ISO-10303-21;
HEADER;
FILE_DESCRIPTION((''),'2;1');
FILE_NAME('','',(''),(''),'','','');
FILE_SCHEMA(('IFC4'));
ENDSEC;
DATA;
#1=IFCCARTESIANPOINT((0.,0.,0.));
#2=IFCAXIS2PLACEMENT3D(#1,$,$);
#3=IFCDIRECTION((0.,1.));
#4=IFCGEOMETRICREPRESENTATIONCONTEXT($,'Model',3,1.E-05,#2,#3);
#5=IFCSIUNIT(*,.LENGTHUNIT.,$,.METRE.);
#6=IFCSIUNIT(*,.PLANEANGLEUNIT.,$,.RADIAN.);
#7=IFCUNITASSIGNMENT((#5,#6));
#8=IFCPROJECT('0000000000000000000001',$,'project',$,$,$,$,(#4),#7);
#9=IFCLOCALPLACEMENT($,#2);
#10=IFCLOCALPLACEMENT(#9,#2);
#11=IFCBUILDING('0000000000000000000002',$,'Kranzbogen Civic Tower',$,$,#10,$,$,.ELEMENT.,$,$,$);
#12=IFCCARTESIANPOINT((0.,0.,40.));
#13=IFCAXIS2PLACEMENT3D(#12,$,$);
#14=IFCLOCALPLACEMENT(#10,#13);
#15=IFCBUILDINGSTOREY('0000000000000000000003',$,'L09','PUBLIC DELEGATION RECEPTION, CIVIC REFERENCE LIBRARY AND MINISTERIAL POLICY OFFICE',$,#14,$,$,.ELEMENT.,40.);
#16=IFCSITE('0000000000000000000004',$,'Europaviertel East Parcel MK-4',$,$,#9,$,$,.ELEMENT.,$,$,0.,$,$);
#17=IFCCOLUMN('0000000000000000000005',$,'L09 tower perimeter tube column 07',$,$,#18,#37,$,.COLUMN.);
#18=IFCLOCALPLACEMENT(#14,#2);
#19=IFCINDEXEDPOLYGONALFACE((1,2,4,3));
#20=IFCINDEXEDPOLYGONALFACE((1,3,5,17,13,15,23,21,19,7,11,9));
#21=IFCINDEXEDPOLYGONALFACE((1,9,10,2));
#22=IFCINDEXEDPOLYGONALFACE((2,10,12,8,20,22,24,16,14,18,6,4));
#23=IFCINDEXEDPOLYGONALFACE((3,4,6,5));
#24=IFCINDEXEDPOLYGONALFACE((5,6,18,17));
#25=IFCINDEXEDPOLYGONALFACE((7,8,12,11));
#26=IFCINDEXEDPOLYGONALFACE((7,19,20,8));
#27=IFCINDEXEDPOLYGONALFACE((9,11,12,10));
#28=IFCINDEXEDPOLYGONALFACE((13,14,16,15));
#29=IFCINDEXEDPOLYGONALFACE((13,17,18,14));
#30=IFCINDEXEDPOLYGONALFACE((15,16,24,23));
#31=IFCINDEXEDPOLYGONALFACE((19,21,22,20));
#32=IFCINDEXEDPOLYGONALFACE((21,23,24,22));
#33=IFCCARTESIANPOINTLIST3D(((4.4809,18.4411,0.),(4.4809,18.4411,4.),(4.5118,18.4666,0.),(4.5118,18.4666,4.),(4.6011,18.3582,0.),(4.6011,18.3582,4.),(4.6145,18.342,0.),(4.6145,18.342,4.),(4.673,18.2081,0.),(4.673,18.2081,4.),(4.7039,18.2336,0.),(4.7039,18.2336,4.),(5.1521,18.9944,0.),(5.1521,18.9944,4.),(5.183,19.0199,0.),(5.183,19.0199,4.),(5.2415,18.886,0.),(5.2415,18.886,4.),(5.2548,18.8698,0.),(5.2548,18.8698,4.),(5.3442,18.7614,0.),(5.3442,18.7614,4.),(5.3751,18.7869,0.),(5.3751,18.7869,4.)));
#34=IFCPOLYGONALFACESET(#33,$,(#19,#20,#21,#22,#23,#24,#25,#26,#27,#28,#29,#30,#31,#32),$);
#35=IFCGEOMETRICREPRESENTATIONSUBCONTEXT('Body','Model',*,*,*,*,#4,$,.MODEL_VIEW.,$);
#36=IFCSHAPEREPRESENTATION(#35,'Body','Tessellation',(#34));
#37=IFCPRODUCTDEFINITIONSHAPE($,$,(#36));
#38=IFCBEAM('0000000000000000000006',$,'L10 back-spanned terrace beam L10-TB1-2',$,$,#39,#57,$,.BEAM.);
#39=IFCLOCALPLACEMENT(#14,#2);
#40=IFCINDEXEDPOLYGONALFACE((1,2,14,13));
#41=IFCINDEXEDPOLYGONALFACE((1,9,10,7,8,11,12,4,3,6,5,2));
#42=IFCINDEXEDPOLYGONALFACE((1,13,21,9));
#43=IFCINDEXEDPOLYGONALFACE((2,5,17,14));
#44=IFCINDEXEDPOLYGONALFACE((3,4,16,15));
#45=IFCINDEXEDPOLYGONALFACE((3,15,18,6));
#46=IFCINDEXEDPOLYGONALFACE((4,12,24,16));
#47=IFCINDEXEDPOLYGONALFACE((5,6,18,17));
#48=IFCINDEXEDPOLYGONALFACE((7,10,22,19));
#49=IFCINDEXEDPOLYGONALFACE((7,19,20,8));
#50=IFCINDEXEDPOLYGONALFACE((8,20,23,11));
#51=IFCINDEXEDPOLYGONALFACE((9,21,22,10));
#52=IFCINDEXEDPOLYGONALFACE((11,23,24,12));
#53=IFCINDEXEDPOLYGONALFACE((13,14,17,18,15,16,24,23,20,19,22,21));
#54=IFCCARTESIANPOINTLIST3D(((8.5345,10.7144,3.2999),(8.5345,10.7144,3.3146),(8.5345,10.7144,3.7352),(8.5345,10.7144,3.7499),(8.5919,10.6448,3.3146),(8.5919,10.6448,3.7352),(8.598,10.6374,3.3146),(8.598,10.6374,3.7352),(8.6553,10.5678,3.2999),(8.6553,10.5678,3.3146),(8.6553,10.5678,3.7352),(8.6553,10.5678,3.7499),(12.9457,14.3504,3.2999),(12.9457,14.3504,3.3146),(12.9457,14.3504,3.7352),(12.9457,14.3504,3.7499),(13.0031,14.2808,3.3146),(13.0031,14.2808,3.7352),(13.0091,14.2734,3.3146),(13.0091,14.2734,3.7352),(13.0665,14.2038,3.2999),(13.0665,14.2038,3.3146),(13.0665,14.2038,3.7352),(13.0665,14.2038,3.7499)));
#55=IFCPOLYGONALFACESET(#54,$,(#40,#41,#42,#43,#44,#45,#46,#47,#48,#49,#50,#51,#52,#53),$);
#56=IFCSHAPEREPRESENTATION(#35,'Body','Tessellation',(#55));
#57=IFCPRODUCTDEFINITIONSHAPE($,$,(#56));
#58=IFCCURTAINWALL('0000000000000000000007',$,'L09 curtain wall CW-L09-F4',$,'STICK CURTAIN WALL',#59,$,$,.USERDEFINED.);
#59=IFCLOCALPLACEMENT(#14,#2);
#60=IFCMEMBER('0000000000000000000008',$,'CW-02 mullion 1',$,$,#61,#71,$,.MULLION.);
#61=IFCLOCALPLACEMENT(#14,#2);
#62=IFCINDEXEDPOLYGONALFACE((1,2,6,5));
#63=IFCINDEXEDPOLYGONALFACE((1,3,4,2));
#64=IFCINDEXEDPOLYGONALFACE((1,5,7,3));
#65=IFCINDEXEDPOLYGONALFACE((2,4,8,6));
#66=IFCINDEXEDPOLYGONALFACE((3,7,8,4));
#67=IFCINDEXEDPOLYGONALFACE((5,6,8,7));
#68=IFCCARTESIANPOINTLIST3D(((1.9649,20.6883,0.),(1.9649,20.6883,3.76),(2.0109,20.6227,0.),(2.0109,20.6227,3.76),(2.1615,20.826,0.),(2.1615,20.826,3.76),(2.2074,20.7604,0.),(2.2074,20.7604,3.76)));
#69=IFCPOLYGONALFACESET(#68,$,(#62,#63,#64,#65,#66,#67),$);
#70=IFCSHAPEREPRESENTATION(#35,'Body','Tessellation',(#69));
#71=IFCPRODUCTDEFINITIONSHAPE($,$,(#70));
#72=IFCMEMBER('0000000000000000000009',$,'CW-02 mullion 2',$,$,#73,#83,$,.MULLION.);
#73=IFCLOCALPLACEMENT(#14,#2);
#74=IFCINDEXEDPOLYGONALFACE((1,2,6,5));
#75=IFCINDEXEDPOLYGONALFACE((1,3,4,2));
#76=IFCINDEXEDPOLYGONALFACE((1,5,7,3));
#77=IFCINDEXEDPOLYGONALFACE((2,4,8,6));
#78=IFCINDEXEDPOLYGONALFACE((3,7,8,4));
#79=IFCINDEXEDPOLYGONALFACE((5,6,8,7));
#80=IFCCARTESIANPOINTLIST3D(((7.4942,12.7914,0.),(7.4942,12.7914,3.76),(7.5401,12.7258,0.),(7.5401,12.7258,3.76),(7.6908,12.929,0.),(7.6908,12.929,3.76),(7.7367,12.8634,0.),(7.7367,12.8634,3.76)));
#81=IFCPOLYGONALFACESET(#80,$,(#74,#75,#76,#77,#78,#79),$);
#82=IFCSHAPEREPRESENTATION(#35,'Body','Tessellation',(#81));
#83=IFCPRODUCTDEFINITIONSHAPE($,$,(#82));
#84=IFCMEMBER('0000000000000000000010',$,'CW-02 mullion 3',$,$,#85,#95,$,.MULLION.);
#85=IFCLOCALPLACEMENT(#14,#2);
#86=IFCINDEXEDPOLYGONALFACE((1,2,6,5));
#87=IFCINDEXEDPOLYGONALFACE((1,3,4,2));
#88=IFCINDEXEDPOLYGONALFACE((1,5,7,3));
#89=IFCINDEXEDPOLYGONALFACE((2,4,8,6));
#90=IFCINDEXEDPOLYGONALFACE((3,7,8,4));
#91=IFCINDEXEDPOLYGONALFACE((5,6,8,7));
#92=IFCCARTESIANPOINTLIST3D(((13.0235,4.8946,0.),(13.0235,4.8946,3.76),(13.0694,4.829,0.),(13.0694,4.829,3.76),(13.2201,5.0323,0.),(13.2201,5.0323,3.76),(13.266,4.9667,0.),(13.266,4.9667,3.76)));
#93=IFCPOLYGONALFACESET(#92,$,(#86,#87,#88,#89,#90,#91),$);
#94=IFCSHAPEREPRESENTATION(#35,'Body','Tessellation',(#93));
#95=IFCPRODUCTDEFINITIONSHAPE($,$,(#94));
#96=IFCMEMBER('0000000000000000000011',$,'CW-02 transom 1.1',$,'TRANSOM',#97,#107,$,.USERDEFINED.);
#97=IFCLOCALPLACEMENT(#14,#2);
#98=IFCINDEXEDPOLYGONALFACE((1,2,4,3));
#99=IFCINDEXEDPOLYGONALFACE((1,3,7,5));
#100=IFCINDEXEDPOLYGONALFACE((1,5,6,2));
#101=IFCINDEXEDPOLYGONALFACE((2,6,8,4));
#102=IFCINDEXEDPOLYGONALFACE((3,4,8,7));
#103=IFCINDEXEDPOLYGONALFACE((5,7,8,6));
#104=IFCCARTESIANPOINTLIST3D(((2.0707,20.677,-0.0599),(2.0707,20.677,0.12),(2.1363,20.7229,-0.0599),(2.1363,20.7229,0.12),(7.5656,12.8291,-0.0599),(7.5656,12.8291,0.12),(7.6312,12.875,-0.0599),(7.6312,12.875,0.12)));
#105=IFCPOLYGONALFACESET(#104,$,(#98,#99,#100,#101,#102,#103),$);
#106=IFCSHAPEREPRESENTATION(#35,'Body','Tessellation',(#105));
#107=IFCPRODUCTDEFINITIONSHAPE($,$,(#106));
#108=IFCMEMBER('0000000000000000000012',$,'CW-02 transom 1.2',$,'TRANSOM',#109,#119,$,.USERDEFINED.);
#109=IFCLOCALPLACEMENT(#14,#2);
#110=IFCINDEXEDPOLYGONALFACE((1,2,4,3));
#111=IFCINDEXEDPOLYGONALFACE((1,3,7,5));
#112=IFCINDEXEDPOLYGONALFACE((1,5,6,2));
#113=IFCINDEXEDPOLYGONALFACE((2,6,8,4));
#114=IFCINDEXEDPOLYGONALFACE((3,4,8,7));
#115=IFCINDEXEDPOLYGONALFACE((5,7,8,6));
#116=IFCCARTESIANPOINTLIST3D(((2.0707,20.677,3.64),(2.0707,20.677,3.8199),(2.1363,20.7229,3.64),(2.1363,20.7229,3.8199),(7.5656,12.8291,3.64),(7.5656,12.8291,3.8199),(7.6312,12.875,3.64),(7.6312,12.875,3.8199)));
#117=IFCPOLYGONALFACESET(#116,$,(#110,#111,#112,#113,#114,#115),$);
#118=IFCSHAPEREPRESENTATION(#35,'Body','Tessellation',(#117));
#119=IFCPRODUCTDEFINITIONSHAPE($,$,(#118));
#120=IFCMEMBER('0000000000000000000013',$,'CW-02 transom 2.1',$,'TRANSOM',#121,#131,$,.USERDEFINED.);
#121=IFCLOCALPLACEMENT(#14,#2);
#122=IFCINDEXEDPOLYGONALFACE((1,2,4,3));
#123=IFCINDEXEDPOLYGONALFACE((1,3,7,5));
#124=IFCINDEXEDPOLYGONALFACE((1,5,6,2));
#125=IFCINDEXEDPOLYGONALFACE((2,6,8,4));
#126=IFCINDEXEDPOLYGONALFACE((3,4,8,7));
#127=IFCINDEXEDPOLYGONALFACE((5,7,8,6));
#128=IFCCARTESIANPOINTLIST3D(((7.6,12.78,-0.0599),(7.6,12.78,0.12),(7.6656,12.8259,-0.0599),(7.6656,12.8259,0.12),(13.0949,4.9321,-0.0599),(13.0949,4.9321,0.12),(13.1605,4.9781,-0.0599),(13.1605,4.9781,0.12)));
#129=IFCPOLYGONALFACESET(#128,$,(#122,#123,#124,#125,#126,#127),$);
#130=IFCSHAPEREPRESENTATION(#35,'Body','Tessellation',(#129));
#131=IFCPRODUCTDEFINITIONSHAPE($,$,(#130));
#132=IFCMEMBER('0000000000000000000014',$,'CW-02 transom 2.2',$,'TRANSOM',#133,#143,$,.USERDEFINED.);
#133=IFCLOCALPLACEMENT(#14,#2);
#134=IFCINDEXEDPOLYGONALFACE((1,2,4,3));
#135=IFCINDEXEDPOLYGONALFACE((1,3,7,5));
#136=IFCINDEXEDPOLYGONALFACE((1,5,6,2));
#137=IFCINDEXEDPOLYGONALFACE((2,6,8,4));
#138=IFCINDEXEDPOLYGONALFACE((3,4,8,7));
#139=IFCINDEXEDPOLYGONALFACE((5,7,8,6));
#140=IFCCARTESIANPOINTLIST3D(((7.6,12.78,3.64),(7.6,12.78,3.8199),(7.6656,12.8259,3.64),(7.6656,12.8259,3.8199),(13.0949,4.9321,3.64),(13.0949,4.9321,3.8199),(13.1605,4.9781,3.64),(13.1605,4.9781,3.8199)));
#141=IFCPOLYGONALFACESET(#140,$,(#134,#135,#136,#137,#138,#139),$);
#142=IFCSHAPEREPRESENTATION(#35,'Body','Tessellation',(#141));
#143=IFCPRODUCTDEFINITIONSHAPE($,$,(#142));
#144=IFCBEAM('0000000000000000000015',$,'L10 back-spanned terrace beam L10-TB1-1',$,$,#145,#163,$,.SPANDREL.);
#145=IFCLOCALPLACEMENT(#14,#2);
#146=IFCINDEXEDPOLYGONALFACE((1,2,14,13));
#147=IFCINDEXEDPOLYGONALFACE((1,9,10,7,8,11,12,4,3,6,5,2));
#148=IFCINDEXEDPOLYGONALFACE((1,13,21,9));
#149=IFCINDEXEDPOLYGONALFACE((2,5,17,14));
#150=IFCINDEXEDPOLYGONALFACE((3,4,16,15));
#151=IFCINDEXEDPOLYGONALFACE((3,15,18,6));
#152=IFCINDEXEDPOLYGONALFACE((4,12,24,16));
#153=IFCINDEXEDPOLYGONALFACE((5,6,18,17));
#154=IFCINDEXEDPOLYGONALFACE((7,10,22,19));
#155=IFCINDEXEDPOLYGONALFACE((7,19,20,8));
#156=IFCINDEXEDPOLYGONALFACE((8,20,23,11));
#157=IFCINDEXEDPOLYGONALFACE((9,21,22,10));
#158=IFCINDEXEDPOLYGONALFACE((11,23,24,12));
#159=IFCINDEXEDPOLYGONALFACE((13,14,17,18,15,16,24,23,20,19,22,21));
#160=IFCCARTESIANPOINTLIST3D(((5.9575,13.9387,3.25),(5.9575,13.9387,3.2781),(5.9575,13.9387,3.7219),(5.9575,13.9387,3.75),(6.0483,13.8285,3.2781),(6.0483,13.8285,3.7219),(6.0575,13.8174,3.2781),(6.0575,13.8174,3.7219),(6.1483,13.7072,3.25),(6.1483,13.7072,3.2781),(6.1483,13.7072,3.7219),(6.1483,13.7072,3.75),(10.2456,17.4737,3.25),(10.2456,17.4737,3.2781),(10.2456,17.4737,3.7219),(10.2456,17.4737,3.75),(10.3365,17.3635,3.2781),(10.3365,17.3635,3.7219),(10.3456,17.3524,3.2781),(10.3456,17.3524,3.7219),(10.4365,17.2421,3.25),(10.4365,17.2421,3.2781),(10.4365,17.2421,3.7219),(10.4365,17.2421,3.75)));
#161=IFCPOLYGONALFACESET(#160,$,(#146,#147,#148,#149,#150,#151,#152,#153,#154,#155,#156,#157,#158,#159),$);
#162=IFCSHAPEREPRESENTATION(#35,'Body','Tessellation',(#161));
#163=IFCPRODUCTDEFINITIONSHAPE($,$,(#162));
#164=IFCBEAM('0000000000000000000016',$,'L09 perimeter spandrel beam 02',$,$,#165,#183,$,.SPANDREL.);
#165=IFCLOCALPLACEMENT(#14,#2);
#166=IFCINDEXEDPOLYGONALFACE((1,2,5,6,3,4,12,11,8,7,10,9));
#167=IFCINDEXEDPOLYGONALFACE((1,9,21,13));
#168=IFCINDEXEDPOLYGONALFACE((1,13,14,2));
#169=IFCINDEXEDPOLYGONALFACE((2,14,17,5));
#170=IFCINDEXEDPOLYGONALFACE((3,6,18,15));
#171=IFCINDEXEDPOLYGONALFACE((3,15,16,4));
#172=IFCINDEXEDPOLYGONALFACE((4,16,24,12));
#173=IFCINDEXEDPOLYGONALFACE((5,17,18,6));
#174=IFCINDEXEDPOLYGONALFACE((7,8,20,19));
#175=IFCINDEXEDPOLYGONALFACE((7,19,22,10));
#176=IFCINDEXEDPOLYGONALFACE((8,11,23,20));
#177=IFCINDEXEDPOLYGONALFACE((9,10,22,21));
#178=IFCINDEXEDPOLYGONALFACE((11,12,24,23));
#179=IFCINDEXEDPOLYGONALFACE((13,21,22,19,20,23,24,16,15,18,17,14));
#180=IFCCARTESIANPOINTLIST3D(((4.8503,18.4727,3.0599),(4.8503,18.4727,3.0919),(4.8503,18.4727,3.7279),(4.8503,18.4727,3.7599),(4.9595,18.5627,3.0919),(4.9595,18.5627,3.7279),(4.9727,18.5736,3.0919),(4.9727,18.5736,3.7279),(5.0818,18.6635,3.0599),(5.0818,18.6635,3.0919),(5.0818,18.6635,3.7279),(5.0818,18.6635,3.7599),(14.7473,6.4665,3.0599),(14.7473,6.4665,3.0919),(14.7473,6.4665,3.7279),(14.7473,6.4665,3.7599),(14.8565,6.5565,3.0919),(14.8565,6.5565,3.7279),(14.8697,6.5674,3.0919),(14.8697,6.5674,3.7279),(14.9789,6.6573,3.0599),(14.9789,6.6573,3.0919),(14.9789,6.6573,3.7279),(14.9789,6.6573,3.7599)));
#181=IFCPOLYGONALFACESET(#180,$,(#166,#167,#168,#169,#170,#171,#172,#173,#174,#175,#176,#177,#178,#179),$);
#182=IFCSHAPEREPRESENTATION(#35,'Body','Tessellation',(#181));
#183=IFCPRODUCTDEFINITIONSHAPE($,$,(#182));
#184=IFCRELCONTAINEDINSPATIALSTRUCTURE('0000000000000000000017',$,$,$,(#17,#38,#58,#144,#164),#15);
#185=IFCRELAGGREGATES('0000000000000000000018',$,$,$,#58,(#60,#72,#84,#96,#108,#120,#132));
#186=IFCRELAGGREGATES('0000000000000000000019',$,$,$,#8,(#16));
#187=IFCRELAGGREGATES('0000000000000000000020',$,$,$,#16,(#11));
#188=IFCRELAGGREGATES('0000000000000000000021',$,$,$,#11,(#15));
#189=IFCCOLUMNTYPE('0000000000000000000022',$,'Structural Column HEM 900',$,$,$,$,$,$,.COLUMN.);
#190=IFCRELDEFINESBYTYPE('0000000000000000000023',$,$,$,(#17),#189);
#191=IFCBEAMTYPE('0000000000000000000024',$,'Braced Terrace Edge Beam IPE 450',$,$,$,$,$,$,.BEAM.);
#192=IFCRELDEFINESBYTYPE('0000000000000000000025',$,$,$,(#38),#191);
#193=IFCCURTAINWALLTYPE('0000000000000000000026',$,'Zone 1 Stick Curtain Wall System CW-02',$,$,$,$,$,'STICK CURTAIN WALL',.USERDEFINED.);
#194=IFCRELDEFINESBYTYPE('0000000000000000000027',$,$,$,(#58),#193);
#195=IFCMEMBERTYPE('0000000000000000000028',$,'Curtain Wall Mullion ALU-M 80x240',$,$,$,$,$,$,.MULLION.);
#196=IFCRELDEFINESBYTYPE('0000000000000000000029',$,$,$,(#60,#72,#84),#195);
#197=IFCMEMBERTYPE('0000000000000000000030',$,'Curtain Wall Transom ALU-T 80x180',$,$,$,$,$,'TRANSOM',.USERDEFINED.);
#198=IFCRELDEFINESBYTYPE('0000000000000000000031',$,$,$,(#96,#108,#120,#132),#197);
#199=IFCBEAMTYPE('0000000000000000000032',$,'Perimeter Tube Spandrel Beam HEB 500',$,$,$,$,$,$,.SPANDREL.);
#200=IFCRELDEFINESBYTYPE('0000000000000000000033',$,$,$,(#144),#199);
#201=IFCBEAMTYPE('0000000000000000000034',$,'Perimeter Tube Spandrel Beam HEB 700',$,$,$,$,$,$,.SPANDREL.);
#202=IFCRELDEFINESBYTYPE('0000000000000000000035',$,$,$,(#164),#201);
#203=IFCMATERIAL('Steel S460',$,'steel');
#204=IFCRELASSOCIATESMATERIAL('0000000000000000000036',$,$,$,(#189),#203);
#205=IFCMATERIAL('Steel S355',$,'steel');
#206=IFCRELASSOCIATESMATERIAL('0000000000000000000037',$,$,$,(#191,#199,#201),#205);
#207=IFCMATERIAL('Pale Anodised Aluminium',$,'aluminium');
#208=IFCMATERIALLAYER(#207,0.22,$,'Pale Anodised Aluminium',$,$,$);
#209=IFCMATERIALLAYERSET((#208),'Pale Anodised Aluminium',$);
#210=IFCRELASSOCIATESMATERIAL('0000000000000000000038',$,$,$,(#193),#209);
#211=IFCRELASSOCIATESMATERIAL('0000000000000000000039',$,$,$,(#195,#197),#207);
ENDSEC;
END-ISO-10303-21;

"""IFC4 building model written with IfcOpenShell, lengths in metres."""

from ifc_helpers import new_model, si_unit, direction, frame, origin, origin_2d, place, context, subcontext, project, spatial, rectangle, i_section, extrude, material, layer, layer_set, material_profile, profile_set, type_object, element, aggregate, save


model = new_model("IFC4")

# Units and contexts
model_context = context("Model", 3, precision=1e-05, world=origin(), true_north=direction((0.0, 1.0)))
body_context = subcontext(model_context, "Body", "Model", "MODEL_VIEW")
ifc_project = project(units=[si_unit("LENGTHUNIT", "METRE"), si_unit("PLANEANGLEUNIT", "RADIAN")], contexts=[model_context])

# Site, building, storey
site_placement = place(None, origin())
site = spatial("IfcSite", under=ifc_project, at=site_placement, Name="Europaviertel East Parcel MK-4", CompositionType="ELEMENT", RefElevation=0.0)
building_placement = place(site_placement, origin())
building = spatial("IfcBuilding", under=site, at=building_placement, Name="Kranzbogen Civic Tower", CompositionType="ELEMENT")
storey_placement = place(building_placement, frame((0.0, 0.0, 40.0)))
storey = spatial("IfcBuildingStorey", under=building, at=storey_placement, Name="L09", Description="PUBLIC DELEGATION RECEPTION, CIVIC REFERENCE LIBRARY AND MINISTERIAL POLICY OFFICE", CompositionType="ELEMENT", Elevation=40.0)

# Column
ifc_material_1 = material(Name="Steel S460", Category="steel")
ifc_material_profile_1 = material_profile(ifc_material_1, i_section(OverallWidth=0.302, OverallDepth=0.9099, WebThickness=0.021, FlangeThickness=0.04, at=origin_2d()), Name="HEM 900")
ifc_profile_set_1 = profile_set([ifc_material_profile_1], Name="Steel S460")
column_type = type_object("IfcColumnType", Name="Structural Column HEM 900", PredefinedType="COLUMN", material=ifc_profile_set_1)
column_placement = place(storey_placement, frame((4.928, 18.614, 0.0), z_axis=(0.0, 0.0, 1.0), x_axis=(-0.636078, 0.771625, 0.0)))
element("IfcColumn", 1, at=column_placement, inside=storey, type_object=column_type, Name="L09 tower perimeter tube column 07", PredefinedType="COLUMN", context=body_context, shape_type="SweptSolid", body=[
    extrude(i_section(OverallWidth=0.302, OverallDepth=0.9099, WebThickness=0.021, FlangeThickness=0.04, at=origin_2d()), origin(), (0.0, 0.0, 1.0), 4.0),
])

# Beam
ifc_material_2 = material(Name="Steel S355", Category="steel")
ifc_material_profile_2 = material_profile(ifc_material_2, i_section(OverallWidth=0.1899, OverallDepth=0.45, WebThickness=0.0095, FlangeThickness=0.0146, at=origin_2d()), Name="IPE 450")
ifc_profile_set_2 = profile_set([ifc_material_profile_2], Name="Steel S355")
beam_type_1 = type_object("IfcBeamType", Name="Braced Terrace Edge Beam IPE 450", PredefinedType="BEAM", material=ifc_profile_set_2)
beam_1_placement = place(storey_placement, frame((13.0061, 14.2771, 3.5249), z_axis=(-0.771648, -0.63605, 0.0), x_axis=(0.63605, -0.771648, 0.0)))
element("IfcBeam", 2, at=beam_1_placement, inside=storey, type_object=beam_type_1, Name="L10 back-spanned terrace beam L10-TB1-2", PredefinedType="BEAM", context=body_context, shape_type="SweptSolid", body=[
    extrude(i_section(OverallWidth=0.1899, OverallDepth=0.45, WebThickness=0.0095, FlangeThickness=0.0146, at=origin_2d()), origin(), (0.0, 0.0, 1.0), 5.7166),
])

# Curtain wall, members
ifc_material_3 = material(Name="Pale Anodised Aluminium", Category="aluminium")
ifc_layer_1 = layer(ifc_material_3, 0.22, Name="Pale Anodised Aluminium")
ifc_layer_set_1 = layer_set([ifc_layer_1], Name="Pale Anodised Aluminium")
curtain_wall_type = type_object("IfcCurtainWallType", Name="Zone 1 Stick Curtain Wall System CW-02", ElementType="STICK CURTAIN WALL", PredefinedType="USERDEFINED", material=ifc_layer_set_1)
curtain_wall_placement = place(storey_placement, origin())
curtain_wall = element("IfcCurtainWall", 3, at=curtain_wall_placement, inside=storey, type_object=curtain_wall_type, Name="L09 curtain wall CW-L09-F4", ObjectType="STICK CURTAIN WALL", PredefinedType="USERDEFINED")
ifc_material_profile_3 = material_profile(ifc_material_3, rectangle(XDim=0.0801, YDim=0.24, at=origin_2d()), Name="ALU-M 80x240")
ifc_profile_set_3 = profile_set([ifc_material_profile_3], Name="Pale Anodised Aluminium")
member_type_1 = type_object("IfcMemberType", Name="Curtain Wall Mullion ALU-M 80x240", PredefinedType="MULLION", material=ifc_profile_set_3)
member_1_placement = place(storey_placement, frame((2.0862, 20.7244, 0.0), z_axis=(0.0, 0.0, 1.0), x_axis=(0.573563, -0.819161, 0.0)))
member_1 = element("IfcMember", 4, at=member_1_placement, type_object=member_type_1, Name="CW-02 mullion 1", PredefinedType="MULLION", context=body_context, shape_type="SweptSolid", body=[
    extrude(rectangle(XDim=0.0801, YDim=0.24, at=origin_2d()), origin(), (0.0, 0.0, 1.0), 3.76),
])
member_2_placement = place(storey_placement, frame((7.6155, 12.8274, 0.0), z_axis=(0.0, 0.0, 1.0), x_axis=(0.573563, -0.819161, 0.0)))
member_2 = element("IfcMember", 5, at=member_2_placement, type_object=member_type_1, Name="CW-02 mullion 2", PredefinedType="MULLION", context=body_context, shape_type="SweptSolid", body=[
    extrude(rectangle(XDim=0.0801, YDim=0.24, at=origin_2d()), origin(), (0.0, 0.0, 1.0), 3.76),
])
member_3_placement = place(storey_placement, frame((13.1448, 4.9307, 0.0), z_axis=(0.0, 0.0, 1.0), x_axis=(0.573563, -0.819161, 0.0)))
member_3 = element("IfcMember", 6, at=member_3_placement, type_object=member_type_1, Name="CW-02 mullion 3", PredefinedType="MULLION", context=body_context, shape_type="SweptSolid", body=[
    extrude(rectangle(XDim=0.0801, YDim=0.24, at=origin_2d()), origin(), (0.0, 0.0, 1.0), 3.76),
])
ifc_material_profile_4 = material_profile(ifc_material_3, rectangle(XDim=0.0801, YDim=0.1799, at=origin_2d()), Name="ALU-T 80x180")
ifc_profile_set_4 = profile_set([ifc_material_profile_4], Name="Pale Anodised Aluminium")
member_type_2 = type_object("IfcMemberType", Name="Curtain Wall Transom ALU-T 80x180", ElementType="TRANSOM", PredefinedType="USERDEFINED", material=ifc_profile_set_4)
member_4_placement = place(storey_placement, frame((2.1035, 20.7, 0.03), z_axis=(0.573556, -0.819166, 0.0), x_axis=(0.819166, 0.573556, 0.0)))
member_4 = element("IfcMember", 7, at=member_4_placement, type_object=member_type_2, Name="CW-02 transom 1.1", ObjectType="TRANSOM", PredefinedType="USERDEFINED", context=body_context, shape_type="SweptSolid", body=[
    extrude(rectangle(XDim=0.0801, YDim=0.1799, at=origin_2d()), origin(), (0.0, 0.0, 1.0), 9.5803),
])
member_5_placement = place(storey_placement, frame((2.1035, 20.7, 3.73), z_axis=(0.573556, -0.819166, 0.0), x_axis=(0.819166, 0.573556, 0.0)))
member_5 = element("IfcMember", 8, at=member_5_placement, type_object=member_type_2, Name="CW-02 transom 1.2", ObjectType="TRANSOM", PredefinedType="USERDEFINED", context=body_context, shape_type="SweptSolid", body=[
    extrude(rectangle(XDim=0.0801, YDim=0.1799, at=origin_2d()), origin(), (0.0, 0.0, 1.0), 9.5803),
])
member_6_placement = place(storey_placement, frame((7.6328, 12.803, 0.03), z_axis=(0.573556, -0.819166, 0.0), x_axis=(0.819166, 0.573556, 0.0)))
member_6 = element("IfcMember", 9, at=member_6_placement, type_object=member_type_2, Name="CW-02 transom 2.1", ObjectType="TRANSOM", PredefinedType="USERDEFINED", context=body_context, shape_type="SweptSolid", body=[
    extrude(rectangle(XDim=0.0801, YDim=0.1799, at=origin_2d()), origin(), (0.0, 0.0, 1.0), 9.5803),
])
member_7_placement = place(storey_placement, frame((7.6328, 12.803, 3.73), z_axis=(0.573556, -0.819166, 0.0), x_axis=(0.819166, 0.573556, 0.0)))
member_7 = element("IfcMember", 10, at=member_7_placement, type_object=member_type_2, Name="CW-02 transom 2.2", ObjectType="TRANSOM", PredefinedType="USERDEFINED", context=body_context, shape_type="SweptSolid", body=[
    extrude(rectangle(XDim=0.0801, YDim=0.1799, at=origin_2d()), origin(), (0.0, 0.0, 1.0), 9.5803),
])

# Beams
ifc_material_profile_5 = material_profile(ifc_material_2, i_section(OverallWidth=0.3, OverallDepth=0.5, WebThickness=0.0144, FlangeThickness=0.0281, at=origin_2d()), Name="HEB 500")
ifc_profile_set_5 = profile_set([ifc_material_profile_5], Name="Steel S355")
beam_type_2 = type_object("IfcBeamType", Name="Perimeter Tube Spandrel Beam HEB 500", PredefinedType="SPANDREL", material=ifc_profile_set_5)
beam_2_placement = place(storey_placement, frame((10.3411, 17.3579, 3.5), z_axis=(-0.771617, -0.636088, 0.0), x_axis=(0.636088, -0.771617, 0.0)))
element("IfcBeam", 11, at=beam_2_placement, inside=storey, type_object=beam_type_2, Name="L10 back-spanned terrace beam L10-TB1-1", PredefinedType="SPANDREL", context=body_context, shape_type="SweptSolid", body=[
    extrude(i_section(OverallWidth=0.3, OverallDepth=0.5, WebThickness=0.0144, FlangeThickness=0.0281, at=origin_2d()), origin(), (0.0, 0.0, 1.0), 5.5574),
])
ifc_material_profile_6 = material_profile(ifc_material_2, i_section(OverallWidth=0.3, OverallDepth=0.7, WebThickness=0.0171, FlangeThickness=0.032, at=origin_2d()), Name="HEB 700")
ifc_profile_set_6 = profile_set([ifc_material_profile_6], Name="Steel S355")
beam_type_3 = type_object("IfcBeamType", Name="Perimeter Tube Spandrel Beam HEB 700", PredefinedType="SPANDREL", material=ifc_profile_set_6)
beam_3_placement = place(storey_placement, frame((4.9661, 18.5681, 3.4099), z_axis=(0.636075, -0.771628, 0.0), x_axis=(0.771628, 0.636075, 0.0)))
element("IfcBeam", 12, at=beam_3_placement, inside=storey, type_object=beam_type_3, Name="L09 perimeter spandrel beam 02", PredefinedType="SPANDREL", context=body_context, shape_type="SweptSolid", body=[
    extrude(i_section(OverallWidth=0.3, OverallDepth=0.7, WebThickness=0.0171, FlangeThickness=0.032, at=origin_2d()), origin(), (0.0, 0.0, 1.0), 15.5596),
])

aggregate(curtain_wall, [member_1, member_2, member_3, member_4, member_5, member_6, member_7])

save(model, "model.ifc")
